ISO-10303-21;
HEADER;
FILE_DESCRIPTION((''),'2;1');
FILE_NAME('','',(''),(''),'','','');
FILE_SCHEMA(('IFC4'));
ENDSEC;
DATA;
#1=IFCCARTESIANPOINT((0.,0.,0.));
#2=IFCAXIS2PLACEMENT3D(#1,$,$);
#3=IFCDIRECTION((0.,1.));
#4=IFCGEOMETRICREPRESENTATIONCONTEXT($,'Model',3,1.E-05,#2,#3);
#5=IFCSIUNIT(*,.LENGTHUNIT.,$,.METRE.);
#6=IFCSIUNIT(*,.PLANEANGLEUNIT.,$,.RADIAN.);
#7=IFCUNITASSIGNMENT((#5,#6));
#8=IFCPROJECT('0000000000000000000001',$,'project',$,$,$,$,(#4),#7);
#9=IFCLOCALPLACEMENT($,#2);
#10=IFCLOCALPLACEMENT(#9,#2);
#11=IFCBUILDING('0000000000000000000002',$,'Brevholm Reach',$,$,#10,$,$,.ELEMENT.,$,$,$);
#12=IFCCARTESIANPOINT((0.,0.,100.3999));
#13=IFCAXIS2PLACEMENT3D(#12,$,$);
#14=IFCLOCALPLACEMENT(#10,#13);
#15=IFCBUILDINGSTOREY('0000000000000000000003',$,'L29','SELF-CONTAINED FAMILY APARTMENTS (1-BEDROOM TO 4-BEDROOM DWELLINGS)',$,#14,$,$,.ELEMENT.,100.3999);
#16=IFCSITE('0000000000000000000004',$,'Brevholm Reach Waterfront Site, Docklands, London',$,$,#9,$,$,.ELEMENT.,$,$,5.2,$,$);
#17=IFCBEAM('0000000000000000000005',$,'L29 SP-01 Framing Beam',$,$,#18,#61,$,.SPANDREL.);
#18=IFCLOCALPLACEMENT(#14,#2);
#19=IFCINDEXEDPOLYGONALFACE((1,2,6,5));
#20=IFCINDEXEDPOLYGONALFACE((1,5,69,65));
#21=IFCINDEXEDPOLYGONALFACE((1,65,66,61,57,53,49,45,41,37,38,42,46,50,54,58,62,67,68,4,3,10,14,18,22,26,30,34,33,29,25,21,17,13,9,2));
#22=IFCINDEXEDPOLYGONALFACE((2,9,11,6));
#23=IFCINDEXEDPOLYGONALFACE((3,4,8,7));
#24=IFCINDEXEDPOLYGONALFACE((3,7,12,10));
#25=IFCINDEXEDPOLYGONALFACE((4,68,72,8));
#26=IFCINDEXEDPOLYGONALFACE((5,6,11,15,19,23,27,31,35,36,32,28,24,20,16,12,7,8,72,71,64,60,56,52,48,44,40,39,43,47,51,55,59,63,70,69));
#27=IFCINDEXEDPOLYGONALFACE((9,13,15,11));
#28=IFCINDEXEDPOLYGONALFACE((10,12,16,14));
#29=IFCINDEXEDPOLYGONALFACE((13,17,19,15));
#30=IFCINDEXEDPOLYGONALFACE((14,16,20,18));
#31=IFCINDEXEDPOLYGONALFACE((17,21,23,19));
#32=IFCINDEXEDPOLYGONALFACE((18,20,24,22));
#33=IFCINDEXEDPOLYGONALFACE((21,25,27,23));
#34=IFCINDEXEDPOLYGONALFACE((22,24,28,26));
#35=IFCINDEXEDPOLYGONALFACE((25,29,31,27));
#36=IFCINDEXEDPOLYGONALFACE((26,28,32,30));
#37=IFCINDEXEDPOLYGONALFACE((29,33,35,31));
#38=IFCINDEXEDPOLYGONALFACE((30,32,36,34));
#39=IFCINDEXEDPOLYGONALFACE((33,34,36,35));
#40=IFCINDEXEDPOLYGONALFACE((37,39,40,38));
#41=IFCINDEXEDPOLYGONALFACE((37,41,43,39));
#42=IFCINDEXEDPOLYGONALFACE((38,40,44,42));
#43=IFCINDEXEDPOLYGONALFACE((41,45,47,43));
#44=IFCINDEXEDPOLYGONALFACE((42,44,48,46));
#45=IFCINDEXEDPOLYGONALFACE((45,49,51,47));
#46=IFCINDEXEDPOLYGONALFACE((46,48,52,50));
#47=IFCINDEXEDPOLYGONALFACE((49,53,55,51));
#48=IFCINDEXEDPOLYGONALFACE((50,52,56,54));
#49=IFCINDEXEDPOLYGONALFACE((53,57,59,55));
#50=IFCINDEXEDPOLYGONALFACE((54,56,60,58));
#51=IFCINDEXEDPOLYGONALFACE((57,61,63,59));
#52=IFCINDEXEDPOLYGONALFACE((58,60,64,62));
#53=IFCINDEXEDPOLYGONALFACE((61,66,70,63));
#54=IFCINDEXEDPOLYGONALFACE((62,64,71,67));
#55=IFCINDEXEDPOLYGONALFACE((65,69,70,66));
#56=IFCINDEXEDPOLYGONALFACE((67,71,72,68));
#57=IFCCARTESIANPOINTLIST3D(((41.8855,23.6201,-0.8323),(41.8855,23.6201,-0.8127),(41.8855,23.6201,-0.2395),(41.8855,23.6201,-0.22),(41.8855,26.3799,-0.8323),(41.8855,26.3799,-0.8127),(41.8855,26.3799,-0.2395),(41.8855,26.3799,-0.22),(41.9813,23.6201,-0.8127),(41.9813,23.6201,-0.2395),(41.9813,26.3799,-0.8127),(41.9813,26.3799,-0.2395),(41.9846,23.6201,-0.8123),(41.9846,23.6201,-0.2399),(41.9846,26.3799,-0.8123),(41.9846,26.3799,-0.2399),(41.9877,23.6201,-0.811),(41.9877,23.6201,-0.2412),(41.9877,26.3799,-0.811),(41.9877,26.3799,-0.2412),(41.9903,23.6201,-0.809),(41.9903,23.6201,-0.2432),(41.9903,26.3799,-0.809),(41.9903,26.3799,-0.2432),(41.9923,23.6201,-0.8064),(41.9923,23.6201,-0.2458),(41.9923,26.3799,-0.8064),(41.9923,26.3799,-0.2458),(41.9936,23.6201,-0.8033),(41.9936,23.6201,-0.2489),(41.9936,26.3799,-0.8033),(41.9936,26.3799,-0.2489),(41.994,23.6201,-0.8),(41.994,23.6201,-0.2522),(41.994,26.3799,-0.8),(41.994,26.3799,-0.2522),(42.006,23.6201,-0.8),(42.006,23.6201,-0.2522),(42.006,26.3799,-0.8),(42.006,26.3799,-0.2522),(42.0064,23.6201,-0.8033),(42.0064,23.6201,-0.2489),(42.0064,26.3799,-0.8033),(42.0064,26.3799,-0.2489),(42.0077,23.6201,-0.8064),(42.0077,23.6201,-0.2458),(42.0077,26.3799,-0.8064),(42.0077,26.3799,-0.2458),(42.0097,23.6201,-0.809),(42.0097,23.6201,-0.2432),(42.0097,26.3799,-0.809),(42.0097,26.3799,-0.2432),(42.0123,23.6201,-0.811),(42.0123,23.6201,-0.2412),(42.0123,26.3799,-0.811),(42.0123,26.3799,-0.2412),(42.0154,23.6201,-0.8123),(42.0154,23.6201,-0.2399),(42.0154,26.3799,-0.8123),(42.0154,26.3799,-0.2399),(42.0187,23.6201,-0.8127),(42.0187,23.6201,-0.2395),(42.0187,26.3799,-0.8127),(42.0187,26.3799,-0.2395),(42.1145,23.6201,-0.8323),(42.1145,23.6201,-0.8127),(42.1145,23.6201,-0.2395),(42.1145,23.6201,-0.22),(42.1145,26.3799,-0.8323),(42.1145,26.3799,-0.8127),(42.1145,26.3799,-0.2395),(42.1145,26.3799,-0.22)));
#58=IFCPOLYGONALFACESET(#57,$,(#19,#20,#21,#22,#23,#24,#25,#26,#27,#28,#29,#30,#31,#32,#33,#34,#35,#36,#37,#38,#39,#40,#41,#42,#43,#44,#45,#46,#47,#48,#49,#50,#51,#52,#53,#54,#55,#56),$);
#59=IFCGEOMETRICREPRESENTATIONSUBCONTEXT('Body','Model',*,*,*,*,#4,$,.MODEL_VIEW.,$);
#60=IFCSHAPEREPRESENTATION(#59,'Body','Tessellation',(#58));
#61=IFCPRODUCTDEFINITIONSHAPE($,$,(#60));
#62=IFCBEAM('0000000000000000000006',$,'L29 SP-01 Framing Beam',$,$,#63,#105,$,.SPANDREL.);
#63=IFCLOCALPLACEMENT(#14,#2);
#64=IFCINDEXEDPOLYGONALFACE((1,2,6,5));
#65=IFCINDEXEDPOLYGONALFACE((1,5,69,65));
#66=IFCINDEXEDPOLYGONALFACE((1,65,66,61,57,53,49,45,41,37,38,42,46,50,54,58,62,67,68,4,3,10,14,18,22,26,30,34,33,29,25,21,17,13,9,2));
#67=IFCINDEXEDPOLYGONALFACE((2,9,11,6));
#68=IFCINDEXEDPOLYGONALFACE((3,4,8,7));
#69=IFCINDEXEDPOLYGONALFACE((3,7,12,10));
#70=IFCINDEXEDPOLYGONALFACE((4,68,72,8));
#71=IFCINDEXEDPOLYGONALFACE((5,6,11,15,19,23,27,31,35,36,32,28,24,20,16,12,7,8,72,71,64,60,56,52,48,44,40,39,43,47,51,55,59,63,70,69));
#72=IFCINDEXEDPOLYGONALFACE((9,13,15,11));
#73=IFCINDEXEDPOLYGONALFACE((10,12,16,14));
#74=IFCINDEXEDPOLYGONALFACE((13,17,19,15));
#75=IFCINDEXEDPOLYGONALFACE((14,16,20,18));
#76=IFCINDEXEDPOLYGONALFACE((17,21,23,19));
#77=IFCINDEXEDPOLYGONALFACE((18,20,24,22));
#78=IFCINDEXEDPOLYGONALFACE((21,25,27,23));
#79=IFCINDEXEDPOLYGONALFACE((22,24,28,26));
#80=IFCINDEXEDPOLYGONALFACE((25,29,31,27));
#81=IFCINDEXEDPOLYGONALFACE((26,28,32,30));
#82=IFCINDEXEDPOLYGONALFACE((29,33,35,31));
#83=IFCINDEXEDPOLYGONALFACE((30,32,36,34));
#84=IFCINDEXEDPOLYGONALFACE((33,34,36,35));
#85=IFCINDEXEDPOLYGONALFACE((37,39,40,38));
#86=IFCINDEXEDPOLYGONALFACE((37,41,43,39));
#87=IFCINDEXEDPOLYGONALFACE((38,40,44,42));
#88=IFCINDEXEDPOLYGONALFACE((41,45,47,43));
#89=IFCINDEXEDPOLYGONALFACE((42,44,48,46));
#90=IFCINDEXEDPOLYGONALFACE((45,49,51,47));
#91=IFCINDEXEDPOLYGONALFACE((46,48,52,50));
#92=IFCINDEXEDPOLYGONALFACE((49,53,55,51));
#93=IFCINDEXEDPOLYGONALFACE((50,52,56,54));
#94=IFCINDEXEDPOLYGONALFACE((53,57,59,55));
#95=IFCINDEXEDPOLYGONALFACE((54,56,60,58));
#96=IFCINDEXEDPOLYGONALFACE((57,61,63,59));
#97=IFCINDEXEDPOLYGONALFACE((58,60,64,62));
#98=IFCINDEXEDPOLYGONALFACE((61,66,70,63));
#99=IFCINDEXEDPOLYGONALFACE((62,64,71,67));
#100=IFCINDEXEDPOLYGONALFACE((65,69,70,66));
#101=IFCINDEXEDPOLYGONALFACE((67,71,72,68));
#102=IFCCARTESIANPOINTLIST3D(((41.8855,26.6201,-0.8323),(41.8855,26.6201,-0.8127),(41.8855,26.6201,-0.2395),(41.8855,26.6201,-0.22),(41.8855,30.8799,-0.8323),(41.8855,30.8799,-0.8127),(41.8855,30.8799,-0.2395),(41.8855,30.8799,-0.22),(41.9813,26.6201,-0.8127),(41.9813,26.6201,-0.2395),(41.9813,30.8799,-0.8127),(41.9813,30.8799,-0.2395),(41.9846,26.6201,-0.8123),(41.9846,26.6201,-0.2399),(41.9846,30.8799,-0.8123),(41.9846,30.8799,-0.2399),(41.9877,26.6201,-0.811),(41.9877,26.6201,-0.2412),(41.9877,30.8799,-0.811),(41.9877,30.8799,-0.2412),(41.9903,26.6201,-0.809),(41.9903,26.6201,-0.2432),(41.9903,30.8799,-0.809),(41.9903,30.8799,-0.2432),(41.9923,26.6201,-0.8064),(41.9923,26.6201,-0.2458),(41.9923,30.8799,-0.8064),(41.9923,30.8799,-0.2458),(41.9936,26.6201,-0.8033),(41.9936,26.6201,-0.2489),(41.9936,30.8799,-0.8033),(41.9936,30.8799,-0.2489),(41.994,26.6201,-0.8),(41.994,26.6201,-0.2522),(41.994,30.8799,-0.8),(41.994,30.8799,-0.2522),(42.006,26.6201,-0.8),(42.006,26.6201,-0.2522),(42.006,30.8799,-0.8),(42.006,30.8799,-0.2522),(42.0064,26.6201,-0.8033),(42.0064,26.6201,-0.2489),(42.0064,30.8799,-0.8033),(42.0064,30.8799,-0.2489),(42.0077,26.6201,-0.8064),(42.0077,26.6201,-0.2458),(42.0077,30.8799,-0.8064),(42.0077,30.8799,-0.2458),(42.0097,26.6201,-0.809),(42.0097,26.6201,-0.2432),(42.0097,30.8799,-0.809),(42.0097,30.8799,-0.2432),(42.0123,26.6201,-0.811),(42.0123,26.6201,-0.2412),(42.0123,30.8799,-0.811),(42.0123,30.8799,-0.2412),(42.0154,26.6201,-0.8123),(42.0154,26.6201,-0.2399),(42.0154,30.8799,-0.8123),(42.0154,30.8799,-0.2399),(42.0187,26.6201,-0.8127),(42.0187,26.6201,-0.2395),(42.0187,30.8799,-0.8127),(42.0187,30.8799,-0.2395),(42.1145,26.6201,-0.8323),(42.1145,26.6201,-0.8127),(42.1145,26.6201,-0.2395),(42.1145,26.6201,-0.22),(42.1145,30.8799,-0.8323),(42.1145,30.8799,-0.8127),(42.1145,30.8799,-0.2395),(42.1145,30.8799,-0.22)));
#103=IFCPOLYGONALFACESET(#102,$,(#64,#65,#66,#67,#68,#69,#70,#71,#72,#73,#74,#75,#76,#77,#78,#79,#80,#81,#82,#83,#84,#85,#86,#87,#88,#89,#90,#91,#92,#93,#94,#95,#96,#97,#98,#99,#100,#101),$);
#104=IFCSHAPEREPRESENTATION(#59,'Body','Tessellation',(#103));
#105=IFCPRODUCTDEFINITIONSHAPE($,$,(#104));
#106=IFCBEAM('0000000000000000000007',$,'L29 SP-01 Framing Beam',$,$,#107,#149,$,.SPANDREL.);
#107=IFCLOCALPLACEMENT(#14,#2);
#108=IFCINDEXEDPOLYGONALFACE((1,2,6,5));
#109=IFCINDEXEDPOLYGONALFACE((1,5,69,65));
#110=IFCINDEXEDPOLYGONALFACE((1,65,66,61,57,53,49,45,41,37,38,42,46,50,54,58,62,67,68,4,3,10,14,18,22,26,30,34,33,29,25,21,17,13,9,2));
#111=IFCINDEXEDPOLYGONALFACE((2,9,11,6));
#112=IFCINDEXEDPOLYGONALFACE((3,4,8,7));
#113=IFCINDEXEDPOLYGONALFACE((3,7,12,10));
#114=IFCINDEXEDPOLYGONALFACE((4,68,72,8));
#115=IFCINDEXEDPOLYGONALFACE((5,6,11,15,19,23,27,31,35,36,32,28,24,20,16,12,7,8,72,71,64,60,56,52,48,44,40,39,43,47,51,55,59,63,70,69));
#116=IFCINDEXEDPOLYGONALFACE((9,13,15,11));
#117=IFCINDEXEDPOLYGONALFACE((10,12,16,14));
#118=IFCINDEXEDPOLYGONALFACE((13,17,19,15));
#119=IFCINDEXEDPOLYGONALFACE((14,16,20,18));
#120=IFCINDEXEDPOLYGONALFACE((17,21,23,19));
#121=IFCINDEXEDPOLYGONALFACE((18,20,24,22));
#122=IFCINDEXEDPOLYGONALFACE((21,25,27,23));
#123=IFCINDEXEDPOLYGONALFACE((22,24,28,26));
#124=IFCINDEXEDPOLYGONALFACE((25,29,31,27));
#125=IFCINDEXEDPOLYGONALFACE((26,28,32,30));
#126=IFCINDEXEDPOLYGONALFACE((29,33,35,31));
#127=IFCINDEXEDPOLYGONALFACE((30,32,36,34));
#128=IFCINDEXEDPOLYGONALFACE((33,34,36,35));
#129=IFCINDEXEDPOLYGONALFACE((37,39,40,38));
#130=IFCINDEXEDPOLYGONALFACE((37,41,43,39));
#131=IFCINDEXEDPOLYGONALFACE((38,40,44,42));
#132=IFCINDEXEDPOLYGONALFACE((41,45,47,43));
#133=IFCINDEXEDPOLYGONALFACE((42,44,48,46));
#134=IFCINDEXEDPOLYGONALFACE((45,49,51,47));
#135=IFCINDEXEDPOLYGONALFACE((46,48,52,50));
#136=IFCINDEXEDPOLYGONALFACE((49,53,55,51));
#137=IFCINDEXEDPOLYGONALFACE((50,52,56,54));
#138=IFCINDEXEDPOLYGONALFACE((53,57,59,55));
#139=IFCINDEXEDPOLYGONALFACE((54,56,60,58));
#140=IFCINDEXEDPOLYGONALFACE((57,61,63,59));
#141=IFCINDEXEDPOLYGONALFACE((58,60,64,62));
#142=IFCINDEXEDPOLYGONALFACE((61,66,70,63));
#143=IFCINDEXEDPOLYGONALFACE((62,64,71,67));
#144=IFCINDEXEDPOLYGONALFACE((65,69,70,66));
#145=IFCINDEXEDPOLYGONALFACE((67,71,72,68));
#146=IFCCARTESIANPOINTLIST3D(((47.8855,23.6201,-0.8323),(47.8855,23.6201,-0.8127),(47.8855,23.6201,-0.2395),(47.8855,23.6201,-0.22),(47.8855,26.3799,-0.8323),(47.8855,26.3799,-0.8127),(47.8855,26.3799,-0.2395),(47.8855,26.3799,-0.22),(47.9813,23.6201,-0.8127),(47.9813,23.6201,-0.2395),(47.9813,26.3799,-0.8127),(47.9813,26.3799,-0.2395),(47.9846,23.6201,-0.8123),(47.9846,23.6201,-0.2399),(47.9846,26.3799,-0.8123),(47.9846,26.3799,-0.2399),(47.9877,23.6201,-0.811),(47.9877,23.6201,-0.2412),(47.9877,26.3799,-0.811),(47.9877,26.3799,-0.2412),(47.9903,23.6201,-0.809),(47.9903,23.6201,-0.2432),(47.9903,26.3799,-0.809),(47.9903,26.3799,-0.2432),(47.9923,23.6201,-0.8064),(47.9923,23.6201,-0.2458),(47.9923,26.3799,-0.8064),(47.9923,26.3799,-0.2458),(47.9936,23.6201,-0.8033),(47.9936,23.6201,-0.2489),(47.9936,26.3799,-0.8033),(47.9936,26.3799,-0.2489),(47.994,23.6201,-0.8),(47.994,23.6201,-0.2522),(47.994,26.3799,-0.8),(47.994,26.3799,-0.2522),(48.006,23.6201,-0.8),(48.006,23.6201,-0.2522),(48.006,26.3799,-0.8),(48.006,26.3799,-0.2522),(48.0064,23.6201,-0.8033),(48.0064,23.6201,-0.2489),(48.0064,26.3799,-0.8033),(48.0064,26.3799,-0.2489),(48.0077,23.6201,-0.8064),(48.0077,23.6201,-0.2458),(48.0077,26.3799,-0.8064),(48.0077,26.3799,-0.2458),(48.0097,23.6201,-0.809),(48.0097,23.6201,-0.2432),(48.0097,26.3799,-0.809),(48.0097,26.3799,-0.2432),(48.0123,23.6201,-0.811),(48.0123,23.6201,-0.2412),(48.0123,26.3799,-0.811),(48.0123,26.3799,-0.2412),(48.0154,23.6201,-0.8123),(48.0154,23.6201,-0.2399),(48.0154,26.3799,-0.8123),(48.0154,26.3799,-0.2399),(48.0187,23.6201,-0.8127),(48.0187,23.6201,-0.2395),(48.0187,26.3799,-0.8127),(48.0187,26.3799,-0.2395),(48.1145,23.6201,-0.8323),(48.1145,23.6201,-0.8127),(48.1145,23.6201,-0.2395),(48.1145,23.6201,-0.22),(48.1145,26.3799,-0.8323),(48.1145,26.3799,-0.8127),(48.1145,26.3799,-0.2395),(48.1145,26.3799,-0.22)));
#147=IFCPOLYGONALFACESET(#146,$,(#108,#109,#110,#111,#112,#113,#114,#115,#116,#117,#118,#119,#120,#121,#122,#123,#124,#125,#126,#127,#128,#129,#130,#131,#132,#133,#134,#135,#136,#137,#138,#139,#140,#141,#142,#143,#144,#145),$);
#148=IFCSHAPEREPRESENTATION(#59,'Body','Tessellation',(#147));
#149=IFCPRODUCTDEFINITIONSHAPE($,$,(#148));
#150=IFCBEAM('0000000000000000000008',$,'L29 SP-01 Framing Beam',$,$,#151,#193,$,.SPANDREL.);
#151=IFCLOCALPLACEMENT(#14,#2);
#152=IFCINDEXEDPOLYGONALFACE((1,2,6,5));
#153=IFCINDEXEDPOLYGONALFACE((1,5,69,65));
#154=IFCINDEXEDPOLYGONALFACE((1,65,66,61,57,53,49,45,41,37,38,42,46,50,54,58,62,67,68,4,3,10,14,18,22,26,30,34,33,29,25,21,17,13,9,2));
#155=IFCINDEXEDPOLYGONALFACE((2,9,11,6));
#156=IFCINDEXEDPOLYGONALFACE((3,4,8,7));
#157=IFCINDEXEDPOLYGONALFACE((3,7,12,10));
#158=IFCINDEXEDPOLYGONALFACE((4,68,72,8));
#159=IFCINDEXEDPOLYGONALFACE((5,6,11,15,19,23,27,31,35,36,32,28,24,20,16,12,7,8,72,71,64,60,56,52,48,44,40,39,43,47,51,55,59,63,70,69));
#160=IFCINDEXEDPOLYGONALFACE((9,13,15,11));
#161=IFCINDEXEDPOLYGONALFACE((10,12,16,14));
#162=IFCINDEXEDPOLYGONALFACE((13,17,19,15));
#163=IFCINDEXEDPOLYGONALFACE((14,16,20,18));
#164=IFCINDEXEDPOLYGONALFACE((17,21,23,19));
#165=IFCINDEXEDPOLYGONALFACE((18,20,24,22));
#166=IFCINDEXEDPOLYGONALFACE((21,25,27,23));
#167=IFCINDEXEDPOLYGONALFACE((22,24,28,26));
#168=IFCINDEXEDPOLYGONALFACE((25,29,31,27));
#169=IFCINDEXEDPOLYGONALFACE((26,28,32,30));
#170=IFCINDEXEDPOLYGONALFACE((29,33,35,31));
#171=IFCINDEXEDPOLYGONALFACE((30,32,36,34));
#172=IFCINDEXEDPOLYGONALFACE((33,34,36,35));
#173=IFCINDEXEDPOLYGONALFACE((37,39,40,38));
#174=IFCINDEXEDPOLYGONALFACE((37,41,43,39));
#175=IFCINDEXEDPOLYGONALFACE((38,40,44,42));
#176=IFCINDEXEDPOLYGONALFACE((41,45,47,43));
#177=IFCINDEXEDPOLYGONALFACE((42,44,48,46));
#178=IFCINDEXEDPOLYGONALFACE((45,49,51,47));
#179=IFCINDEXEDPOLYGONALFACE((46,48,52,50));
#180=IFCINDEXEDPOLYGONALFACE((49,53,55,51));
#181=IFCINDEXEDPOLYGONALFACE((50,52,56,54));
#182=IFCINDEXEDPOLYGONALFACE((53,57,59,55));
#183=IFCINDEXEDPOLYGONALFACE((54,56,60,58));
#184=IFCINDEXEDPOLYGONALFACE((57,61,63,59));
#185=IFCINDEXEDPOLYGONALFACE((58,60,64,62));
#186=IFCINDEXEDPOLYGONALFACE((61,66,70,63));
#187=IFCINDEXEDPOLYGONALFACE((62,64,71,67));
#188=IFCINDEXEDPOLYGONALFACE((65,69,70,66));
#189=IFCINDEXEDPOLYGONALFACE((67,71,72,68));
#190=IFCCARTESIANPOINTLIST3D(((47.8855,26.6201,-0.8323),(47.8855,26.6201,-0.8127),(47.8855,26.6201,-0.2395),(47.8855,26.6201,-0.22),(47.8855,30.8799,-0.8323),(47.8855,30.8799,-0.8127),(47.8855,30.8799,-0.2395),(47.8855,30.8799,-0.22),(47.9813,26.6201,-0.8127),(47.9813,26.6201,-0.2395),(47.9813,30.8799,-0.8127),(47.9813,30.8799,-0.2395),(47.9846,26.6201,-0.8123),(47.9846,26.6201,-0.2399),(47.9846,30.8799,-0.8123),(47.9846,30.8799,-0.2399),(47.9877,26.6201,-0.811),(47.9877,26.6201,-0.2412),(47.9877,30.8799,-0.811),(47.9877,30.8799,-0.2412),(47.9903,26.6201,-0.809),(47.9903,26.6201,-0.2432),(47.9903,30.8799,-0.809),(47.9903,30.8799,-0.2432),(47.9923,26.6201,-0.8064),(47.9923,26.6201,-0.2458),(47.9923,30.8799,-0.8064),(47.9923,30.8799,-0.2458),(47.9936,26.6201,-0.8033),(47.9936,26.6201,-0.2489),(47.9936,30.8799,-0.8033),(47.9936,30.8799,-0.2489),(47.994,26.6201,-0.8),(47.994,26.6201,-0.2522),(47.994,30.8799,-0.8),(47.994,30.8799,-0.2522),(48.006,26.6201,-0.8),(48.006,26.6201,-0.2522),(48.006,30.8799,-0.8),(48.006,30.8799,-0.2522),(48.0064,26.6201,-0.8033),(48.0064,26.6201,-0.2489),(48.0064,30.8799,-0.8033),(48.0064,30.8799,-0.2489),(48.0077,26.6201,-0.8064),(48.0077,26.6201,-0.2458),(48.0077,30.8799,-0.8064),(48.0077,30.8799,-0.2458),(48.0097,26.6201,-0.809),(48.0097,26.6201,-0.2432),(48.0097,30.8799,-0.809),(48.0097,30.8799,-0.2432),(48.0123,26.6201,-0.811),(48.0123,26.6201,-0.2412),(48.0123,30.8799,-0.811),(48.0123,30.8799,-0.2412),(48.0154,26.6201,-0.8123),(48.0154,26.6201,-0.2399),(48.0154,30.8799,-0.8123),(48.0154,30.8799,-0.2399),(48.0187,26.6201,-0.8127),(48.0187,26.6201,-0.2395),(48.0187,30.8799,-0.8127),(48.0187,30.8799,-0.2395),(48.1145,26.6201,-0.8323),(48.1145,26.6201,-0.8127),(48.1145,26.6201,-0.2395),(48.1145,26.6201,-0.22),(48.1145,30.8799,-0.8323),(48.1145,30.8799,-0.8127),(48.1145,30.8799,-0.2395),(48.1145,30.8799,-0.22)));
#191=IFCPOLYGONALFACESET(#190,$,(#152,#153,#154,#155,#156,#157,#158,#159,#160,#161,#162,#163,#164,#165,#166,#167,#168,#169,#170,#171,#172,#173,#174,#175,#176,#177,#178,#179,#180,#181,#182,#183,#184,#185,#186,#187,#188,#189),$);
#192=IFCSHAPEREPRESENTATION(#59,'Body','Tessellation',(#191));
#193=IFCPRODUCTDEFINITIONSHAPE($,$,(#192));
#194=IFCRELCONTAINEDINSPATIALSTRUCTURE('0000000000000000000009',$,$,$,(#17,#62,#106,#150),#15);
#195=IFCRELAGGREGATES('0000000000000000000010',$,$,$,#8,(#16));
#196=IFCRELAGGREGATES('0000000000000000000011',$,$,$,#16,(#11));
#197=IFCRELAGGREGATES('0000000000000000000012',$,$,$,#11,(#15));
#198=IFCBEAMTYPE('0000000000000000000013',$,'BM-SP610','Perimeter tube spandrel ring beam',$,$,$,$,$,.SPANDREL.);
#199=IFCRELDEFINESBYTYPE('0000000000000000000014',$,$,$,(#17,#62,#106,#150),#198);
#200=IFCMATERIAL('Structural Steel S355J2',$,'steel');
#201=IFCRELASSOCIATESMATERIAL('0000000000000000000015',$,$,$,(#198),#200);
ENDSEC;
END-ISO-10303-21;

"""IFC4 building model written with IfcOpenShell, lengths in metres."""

from ifc_helpers import new_model, si_unit, direction, frame, origin, origin_2d, place, context, subcontext, project, spatial, i_section, extrude, material, material_profile, profile_set, type_object, element, save


model = new_model("IFC4")

# Units and contexts
model_context = context("Model", 3, precision=1e-05, world=origin(), true_north=direction((0.0, 1.0)))
body_context = subcontext(model_context, "Body", "Model", "MODEL_VIEW")
ifc_project = project(units=[si_unit("LENGTHUNIT", "METRE"), si_unit("PLANEANGLEUNIT", "RADIAN")], contexts=[model_context])

# Site, building, storey
site_placement = place(None, origin())
site = spatial("IfcSite", under=ifc_project, at=site_placement, Name="Brevholm Reach Waterfront Site, Docklands, London", CompositionType="ELEMENT", RefElevation=5.2)
building_placement = place(site_placement, origin())
building = spatial("IfcBuilding", under=site, at=building_placement, Name="Brevholm Reach", CompositionType="ELEMENT")
storey_placement = place(building_placement, frame((0.0, 0.0, 100.3999)))
storey = spatial("IfcBuildingStorey", under=building, at=storey_placement, Name="L29", Description="SELF-CONTAINED FAMILY APARTMENTS (1-BEDROOM TO 4-BEDROOM DWELLINGS)", CompositionType="ELEMENT", Elevation=100.3999)

# Beams
ifc_material_1 = material(Name="Structural Steel S355J2", Category="steel")
ifc_material_profile_1 = material_profile(ifc_material_1, i_section(OverallWidth=0.229, OverallDepth=0.6123, WebThickness=0.012, FlangeThickness=0.0195, FilletRadius=0.0127, at=origin_2d()), Name="UKB 610x229x125")
ifc_profile_set_1 = profile_set([ifc_material_profile_1], Name="Structural Steel S355J2")
beam_type_1 = type_object("IfcBeamType", Name="BM-SP610", Description="Perimeter tube spandrel ring beam", PredefinedType="SPANDREL", material=ifc_profile_set_1)
beam_1_placement = place(storey_placement, frame((42.0, 23.6201, -0.5261), z_axis=(0.0, 1.0, 0.0), x_axis=(-1.0, 0.0, 0.0)))
element("IfcBeam", 1, at=beam_1_placement, inside=storey, type_object=beam_type_1, Name="L29 SP-01 Framing Beam", PredefinedType="SPANDREL", context=body_context, shape_type="SweptSolid", body=[
    extrude(i_section(OverallWidth=0.229, OverallDepth=0.6123, WebThickness=0.012, FlangeThickness=0.0195, FilletRadius=0.0127, at=origin_2d()), origin(), (0.0, 0.0, 1.0), 2.7598),
])
beam_2_placement = place(storey_placement, frame((42.0, 26.6201, -0.5261), z_axis=(0.0, 1.0, 0.0), x_axis=(-1.0, 0.0, 0.0)))
element("IfcBeam", 2, at=beam_2_placement, inside=storey, type_object=beam_type_1, Name="L29 SP-01 Framing Beam", PredefinedType="SPANDREL", context=body_context, shape_type="SweptSolid", body=[
    extrude(i_section(OverallWidth=0.229, OverallDepth=0.6123, WebThickness=0.012, FlangeThickness=0.0195, FilletRadius=0.0127, at=origin_2d()), origin(), (0.0, 0.0, 1.0), 4.2598),
])
beam_3_placement = place(storey_placement, frame((48.0, 23.6201, -0.5261), z_axis=(0.0, 1.0, 0.0), x_axis=(-1.0, 0.0, 0.0)))
element("IfcBeam", 3, at=beam_3_placement, inside=storey, type_object=beam_type_1, Name="L29 SP-01 Framing Beam", PredefinedType="SPANDREL", context=body_context, shape_type="SweptSolid", body=[
    extrude(i_section(OverallWidth=0.229, OverallDepth=0.6123, WebThickness=0.012, FlangeThickness=0.0195, FilletRadius=0.0127, at=origin_2d()), origin(), (0.0, 0.0, 1.0), 2.7598),
])
beam_4_placement = place(storey_placement, frame((48.0, 26.6201, -0.5261), z_axis=(0.0, 1.0, 0.0), x_axis=(-1.0, 0.0, 0.0)))
element("IfcBeam", 4, at=beam_4_placement, inside=storey, type_object=beam_type_1, Name="L29 SP-01 Framing Beam", PredefinedType="SPANDREL", context=body_context, shape_type="SweptSolid", body=[
    extrude(i_section(OverallWidth=0.229, OverallDepth=0.6123, WebThickness=0.012, FlangeThickness=0.0195, FilletRadius=0.0127, at=origin_2d()), origin(), (0.0, 0.0, 1.0), 4.2598),
])

save(model, "model.ifc")
